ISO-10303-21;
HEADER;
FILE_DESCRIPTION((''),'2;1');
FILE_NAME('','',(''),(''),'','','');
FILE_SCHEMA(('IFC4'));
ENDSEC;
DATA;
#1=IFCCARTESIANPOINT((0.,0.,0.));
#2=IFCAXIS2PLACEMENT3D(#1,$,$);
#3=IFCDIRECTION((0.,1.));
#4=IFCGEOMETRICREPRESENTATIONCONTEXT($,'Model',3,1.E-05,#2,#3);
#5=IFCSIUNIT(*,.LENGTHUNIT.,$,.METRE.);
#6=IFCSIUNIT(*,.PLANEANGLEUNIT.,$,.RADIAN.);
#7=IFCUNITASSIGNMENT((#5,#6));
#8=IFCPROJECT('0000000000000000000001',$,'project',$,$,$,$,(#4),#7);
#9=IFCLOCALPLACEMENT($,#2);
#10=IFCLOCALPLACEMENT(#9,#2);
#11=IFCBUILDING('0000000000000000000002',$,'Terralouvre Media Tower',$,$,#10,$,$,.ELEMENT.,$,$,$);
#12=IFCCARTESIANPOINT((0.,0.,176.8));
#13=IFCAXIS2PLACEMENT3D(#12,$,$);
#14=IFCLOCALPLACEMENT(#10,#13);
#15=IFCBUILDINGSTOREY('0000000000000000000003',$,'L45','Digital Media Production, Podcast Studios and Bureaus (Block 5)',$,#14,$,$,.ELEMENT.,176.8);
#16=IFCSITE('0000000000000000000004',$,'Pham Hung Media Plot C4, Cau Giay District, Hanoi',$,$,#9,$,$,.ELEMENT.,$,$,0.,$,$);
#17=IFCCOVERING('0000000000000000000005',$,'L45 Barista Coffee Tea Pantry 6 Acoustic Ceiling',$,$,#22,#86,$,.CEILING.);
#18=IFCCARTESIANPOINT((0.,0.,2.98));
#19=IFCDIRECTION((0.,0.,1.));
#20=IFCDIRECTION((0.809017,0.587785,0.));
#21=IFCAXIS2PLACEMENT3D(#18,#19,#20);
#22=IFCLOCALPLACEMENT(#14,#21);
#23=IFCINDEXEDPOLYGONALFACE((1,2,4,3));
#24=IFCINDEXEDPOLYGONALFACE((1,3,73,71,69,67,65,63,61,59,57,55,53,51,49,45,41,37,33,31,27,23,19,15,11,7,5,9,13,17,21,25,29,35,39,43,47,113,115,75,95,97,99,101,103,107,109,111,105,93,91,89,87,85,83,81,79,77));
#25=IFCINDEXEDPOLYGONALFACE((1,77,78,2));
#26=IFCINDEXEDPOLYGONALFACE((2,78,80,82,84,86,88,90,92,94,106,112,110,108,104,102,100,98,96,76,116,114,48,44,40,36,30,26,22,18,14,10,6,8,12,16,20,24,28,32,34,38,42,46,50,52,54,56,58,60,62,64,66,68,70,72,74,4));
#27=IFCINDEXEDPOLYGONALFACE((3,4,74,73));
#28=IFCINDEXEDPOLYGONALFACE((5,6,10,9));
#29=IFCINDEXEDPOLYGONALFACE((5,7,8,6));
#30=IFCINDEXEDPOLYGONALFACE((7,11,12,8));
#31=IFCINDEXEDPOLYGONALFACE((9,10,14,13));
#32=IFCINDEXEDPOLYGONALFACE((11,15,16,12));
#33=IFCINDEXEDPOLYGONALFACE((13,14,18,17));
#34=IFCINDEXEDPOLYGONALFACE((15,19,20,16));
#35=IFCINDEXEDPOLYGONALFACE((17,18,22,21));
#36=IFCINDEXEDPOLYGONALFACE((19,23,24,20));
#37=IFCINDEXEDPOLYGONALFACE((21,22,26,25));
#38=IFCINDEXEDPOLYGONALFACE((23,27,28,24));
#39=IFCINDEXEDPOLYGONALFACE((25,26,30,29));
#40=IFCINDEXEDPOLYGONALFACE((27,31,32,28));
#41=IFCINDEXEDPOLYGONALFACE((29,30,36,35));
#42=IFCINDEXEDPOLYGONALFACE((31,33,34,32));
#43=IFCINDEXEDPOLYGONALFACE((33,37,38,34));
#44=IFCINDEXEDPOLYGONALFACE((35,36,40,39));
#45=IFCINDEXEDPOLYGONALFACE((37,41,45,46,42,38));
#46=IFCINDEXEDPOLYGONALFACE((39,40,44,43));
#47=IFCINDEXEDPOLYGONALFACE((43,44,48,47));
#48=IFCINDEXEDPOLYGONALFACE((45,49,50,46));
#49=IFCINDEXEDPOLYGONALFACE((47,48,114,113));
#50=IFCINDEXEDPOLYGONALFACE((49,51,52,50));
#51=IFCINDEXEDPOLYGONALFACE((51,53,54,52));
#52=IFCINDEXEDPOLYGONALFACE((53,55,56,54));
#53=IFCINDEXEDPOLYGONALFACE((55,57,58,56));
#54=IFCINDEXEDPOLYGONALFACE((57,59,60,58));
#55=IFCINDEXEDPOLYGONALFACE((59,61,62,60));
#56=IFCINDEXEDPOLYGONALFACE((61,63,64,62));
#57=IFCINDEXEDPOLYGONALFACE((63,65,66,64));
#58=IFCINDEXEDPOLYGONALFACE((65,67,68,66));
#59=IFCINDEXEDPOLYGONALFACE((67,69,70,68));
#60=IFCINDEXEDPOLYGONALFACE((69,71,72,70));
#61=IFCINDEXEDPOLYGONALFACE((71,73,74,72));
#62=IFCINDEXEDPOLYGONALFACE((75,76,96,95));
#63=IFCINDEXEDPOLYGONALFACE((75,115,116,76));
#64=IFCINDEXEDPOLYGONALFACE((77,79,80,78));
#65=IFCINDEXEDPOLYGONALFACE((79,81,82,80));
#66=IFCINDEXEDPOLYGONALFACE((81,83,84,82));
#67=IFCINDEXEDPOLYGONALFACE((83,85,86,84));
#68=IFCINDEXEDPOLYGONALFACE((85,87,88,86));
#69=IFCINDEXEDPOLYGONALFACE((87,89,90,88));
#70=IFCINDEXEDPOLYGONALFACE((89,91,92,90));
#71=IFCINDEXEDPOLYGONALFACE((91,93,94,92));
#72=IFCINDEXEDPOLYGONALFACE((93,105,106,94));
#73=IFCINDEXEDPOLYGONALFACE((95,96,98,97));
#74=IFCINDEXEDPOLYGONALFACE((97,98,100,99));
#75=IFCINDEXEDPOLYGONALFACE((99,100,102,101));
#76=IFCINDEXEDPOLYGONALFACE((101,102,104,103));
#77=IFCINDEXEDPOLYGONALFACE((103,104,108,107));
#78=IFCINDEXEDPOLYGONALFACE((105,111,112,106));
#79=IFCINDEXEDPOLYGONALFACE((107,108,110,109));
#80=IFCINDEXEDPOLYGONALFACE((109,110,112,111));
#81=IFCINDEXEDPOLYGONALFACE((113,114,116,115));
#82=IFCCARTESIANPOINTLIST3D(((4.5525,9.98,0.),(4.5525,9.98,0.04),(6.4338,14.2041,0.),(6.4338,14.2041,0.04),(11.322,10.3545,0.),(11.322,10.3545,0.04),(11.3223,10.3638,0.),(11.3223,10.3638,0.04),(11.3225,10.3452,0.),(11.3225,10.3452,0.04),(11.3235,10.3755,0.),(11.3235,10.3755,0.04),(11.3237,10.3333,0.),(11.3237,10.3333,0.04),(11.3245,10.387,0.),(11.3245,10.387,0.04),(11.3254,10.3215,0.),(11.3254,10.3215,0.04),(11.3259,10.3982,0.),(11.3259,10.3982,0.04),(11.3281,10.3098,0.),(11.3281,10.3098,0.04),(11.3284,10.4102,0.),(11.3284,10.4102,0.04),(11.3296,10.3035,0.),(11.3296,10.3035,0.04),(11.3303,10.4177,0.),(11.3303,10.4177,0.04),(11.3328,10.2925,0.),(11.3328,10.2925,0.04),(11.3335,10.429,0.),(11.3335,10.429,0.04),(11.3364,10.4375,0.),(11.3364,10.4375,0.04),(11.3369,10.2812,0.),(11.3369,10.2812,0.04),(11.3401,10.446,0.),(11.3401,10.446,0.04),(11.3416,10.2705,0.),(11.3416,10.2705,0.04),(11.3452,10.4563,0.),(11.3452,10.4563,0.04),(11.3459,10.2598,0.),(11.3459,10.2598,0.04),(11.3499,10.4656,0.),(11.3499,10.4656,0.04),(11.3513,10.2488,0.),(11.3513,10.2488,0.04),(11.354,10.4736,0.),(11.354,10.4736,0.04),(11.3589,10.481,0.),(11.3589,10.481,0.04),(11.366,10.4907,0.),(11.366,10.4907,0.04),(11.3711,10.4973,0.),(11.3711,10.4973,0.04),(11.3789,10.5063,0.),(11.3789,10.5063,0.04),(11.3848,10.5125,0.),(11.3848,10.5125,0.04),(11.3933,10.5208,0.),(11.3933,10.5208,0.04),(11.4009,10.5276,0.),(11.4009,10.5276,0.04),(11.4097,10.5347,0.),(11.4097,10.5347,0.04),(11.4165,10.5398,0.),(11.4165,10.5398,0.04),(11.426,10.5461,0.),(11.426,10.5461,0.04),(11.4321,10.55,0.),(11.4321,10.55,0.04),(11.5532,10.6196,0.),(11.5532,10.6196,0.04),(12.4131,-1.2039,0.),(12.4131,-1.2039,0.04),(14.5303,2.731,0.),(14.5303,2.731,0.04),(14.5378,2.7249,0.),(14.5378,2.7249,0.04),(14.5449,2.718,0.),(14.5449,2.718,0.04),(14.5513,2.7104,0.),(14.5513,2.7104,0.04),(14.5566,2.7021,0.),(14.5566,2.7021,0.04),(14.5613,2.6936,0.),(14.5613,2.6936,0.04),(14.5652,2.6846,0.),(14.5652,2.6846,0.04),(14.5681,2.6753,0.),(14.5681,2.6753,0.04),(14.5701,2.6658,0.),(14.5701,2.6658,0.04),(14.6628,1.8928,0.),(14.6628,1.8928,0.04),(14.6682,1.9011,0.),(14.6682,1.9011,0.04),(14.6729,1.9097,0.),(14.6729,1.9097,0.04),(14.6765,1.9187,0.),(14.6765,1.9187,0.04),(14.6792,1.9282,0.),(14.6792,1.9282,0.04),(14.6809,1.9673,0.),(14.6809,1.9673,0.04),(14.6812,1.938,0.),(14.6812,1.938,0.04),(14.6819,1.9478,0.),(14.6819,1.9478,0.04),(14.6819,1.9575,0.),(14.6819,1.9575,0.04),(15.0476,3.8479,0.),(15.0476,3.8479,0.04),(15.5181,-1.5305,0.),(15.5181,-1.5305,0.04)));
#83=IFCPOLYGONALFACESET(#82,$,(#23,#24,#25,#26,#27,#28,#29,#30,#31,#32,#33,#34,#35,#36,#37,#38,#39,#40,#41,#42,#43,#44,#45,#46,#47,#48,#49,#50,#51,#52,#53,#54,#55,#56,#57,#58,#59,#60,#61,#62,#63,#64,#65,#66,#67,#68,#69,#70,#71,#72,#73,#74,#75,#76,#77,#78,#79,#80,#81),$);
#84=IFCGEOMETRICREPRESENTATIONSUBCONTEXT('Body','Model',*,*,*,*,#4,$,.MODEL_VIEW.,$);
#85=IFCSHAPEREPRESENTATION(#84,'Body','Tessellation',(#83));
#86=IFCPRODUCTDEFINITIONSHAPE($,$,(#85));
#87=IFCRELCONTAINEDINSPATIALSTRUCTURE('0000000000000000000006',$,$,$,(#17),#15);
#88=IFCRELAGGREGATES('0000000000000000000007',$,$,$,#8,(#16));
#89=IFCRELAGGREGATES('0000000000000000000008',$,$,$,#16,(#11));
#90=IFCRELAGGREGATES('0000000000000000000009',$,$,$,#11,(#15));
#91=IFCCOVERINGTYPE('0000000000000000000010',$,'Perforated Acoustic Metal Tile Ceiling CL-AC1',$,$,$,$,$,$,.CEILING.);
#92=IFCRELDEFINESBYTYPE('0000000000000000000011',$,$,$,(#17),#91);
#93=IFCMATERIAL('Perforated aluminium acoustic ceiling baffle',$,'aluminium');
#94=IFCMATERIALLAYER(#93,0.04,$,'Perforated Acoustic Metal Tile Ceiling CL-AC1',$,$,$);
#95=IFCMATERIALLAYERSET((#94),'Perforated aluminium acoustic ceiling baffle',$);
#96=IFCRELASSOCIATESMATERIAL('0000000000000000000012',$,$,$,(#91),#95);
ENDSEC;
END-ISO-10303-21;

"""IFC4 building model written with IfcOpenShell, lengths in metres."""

from ifc_helpers import new_model, si_unit, direction, frame, origin, place, context, subcontext, project, spatial, polyline, outline, extrude, material, layer, layer_set, type_object, element, save


model = new_model("IFC4")

# Units and contexts
model_context = context("Model", 3, precision=1e-05, world=origin(), true_north=direction((0.0, 1.0)))
body_context = subcontext(model_context, "Body", "Model", "MODEL_VIEW")
ifc_project = project(units=[si_unit("LENGTHUNIT", "METRE"), si_unit("PLANEANGLEUNIT", "RADIAN")], contexts=[model_context])

# Site, building, storey
site_placement = place(None, origin())
site = spatial("IfcSite", under=ifc_project, at=site_placement, Name="Pham Hung Media Plot C4, Cau Giay District, Hanoi", CompositionType="ELEMENT", RefElevation=0.0)
building_placement = place(site_placement, origin())
building = spatial("IfcBuilding", under=site, at=building_placement, Name="Terralouvre Media Tower", CompositionType="ELEMENT")
storey_placement = place(building_placement, frame((0.0, 0.0, 176.8)))
storey = spatial("IfcBuildingStorey", under=building, at=storey_placement, Name="L45", Description="Digital Media Production, Podcast Studios and Bureaus (Block 5)", CompositionType="ELEMENT", Elevation=176.8)

# Covering
ifc_material_1 = material(Name="Perforated aluminium acoustic ceiling baffle", Category="aluminium")
ifc_layer_1 = layer(ifc_material_1, 0.04, Name="Perforated Acoustic Metal Tile Ceiling CL-AC1")
ifc_layer_set_1 = layer_set([ifc_layer_1], Name="Perforated aluminium acoustic ceiling baffle")
covering_type_1 = type_object("IfcCoveringType", Name="Perforated Acoustic Metal Tile Ceiling CL-AC1", PredefinedType="CEILING", material=ifc_layer_set_1)
covering_1_placement = place(storey_placement, frame((0.0, 0.0, 2.98), z_axis=(0.0, 0.0, 1.0), x_axis=(0.809017, 0.587785, 0.0)))
element("IfcCovering", 1, at=covering_1_placement, inside=storey, type_object=covering_type_1, Name="L45 Barista Coffee Tea Pantry 6 Acoustic Ceiling", PredefinedType="CEILING", context=body_context, shape_type="SweptSolid", body=[
    extrude(outline(polyline([(6.4338, 14.2041), (4.5525, 9.98), (14.5303, 2.731), (14.5378, 2.7249), (14.5449, 2.718), (14.5513, 2.7104), (14.5566, 2.7021), (14.5613, 2.6936), (14.5652, 2.6846), (14.5681, 2.6753), (14.5701, 2.6658), (14.6809, 1.9673), (14.6819, 1.9575), (14.6819, 1.9478), (14.6812, 1.938), (14.6792, 1.9282), (14.6765, 1.9187), (14.6729, 1.9097), (14.6682, 1.9011), (14.6628, 1.8928), (12.4131, -1.2039), (15.5181, -1.5305), (15.0476, 3.8479), (11.3513, 10.2488), (11.3459, 10.2598), (11.3416, 10.2705), (11.3369, 10.2812), (11.3328, 10.2925), (11.3296, 10.3035), (11.3281, 10.3098), (11.3254, 10.3215), (11.3237, 10.3333), (11.3225, 10.3452), (11.322, 10.3545), (11.3223, 10.3638), (11.3235, 10.3755), (11.3245, 10.387), (11.3259, 10.3982), (11.3284, 10.4102), (11.3303, 10.4177), (11.3335, 10.429), (11.3364, 10.4375), (11.3401, 10.446), (11.3452, 10.4563), (11.3499, 10.4656), (11.354, 10.4736), (11.3589, 10.481), (11.366, 10.4907), (11.3711, 10.4973), (11.3789, 10.5063), (11.3848, 10.5125), (11.3933, 10.5208), (11.4009, 10.5276), (11.4097, 10.5347), (11.4165, 10.5398), (11.426, 10.5461), (11.4321, 10.55), (11.5532, 10.6196), (6.4338, 14.2041)])), origin(), (0.0, 0.0, 1.0), 0.04),
])

save(model, "model.ifc")
